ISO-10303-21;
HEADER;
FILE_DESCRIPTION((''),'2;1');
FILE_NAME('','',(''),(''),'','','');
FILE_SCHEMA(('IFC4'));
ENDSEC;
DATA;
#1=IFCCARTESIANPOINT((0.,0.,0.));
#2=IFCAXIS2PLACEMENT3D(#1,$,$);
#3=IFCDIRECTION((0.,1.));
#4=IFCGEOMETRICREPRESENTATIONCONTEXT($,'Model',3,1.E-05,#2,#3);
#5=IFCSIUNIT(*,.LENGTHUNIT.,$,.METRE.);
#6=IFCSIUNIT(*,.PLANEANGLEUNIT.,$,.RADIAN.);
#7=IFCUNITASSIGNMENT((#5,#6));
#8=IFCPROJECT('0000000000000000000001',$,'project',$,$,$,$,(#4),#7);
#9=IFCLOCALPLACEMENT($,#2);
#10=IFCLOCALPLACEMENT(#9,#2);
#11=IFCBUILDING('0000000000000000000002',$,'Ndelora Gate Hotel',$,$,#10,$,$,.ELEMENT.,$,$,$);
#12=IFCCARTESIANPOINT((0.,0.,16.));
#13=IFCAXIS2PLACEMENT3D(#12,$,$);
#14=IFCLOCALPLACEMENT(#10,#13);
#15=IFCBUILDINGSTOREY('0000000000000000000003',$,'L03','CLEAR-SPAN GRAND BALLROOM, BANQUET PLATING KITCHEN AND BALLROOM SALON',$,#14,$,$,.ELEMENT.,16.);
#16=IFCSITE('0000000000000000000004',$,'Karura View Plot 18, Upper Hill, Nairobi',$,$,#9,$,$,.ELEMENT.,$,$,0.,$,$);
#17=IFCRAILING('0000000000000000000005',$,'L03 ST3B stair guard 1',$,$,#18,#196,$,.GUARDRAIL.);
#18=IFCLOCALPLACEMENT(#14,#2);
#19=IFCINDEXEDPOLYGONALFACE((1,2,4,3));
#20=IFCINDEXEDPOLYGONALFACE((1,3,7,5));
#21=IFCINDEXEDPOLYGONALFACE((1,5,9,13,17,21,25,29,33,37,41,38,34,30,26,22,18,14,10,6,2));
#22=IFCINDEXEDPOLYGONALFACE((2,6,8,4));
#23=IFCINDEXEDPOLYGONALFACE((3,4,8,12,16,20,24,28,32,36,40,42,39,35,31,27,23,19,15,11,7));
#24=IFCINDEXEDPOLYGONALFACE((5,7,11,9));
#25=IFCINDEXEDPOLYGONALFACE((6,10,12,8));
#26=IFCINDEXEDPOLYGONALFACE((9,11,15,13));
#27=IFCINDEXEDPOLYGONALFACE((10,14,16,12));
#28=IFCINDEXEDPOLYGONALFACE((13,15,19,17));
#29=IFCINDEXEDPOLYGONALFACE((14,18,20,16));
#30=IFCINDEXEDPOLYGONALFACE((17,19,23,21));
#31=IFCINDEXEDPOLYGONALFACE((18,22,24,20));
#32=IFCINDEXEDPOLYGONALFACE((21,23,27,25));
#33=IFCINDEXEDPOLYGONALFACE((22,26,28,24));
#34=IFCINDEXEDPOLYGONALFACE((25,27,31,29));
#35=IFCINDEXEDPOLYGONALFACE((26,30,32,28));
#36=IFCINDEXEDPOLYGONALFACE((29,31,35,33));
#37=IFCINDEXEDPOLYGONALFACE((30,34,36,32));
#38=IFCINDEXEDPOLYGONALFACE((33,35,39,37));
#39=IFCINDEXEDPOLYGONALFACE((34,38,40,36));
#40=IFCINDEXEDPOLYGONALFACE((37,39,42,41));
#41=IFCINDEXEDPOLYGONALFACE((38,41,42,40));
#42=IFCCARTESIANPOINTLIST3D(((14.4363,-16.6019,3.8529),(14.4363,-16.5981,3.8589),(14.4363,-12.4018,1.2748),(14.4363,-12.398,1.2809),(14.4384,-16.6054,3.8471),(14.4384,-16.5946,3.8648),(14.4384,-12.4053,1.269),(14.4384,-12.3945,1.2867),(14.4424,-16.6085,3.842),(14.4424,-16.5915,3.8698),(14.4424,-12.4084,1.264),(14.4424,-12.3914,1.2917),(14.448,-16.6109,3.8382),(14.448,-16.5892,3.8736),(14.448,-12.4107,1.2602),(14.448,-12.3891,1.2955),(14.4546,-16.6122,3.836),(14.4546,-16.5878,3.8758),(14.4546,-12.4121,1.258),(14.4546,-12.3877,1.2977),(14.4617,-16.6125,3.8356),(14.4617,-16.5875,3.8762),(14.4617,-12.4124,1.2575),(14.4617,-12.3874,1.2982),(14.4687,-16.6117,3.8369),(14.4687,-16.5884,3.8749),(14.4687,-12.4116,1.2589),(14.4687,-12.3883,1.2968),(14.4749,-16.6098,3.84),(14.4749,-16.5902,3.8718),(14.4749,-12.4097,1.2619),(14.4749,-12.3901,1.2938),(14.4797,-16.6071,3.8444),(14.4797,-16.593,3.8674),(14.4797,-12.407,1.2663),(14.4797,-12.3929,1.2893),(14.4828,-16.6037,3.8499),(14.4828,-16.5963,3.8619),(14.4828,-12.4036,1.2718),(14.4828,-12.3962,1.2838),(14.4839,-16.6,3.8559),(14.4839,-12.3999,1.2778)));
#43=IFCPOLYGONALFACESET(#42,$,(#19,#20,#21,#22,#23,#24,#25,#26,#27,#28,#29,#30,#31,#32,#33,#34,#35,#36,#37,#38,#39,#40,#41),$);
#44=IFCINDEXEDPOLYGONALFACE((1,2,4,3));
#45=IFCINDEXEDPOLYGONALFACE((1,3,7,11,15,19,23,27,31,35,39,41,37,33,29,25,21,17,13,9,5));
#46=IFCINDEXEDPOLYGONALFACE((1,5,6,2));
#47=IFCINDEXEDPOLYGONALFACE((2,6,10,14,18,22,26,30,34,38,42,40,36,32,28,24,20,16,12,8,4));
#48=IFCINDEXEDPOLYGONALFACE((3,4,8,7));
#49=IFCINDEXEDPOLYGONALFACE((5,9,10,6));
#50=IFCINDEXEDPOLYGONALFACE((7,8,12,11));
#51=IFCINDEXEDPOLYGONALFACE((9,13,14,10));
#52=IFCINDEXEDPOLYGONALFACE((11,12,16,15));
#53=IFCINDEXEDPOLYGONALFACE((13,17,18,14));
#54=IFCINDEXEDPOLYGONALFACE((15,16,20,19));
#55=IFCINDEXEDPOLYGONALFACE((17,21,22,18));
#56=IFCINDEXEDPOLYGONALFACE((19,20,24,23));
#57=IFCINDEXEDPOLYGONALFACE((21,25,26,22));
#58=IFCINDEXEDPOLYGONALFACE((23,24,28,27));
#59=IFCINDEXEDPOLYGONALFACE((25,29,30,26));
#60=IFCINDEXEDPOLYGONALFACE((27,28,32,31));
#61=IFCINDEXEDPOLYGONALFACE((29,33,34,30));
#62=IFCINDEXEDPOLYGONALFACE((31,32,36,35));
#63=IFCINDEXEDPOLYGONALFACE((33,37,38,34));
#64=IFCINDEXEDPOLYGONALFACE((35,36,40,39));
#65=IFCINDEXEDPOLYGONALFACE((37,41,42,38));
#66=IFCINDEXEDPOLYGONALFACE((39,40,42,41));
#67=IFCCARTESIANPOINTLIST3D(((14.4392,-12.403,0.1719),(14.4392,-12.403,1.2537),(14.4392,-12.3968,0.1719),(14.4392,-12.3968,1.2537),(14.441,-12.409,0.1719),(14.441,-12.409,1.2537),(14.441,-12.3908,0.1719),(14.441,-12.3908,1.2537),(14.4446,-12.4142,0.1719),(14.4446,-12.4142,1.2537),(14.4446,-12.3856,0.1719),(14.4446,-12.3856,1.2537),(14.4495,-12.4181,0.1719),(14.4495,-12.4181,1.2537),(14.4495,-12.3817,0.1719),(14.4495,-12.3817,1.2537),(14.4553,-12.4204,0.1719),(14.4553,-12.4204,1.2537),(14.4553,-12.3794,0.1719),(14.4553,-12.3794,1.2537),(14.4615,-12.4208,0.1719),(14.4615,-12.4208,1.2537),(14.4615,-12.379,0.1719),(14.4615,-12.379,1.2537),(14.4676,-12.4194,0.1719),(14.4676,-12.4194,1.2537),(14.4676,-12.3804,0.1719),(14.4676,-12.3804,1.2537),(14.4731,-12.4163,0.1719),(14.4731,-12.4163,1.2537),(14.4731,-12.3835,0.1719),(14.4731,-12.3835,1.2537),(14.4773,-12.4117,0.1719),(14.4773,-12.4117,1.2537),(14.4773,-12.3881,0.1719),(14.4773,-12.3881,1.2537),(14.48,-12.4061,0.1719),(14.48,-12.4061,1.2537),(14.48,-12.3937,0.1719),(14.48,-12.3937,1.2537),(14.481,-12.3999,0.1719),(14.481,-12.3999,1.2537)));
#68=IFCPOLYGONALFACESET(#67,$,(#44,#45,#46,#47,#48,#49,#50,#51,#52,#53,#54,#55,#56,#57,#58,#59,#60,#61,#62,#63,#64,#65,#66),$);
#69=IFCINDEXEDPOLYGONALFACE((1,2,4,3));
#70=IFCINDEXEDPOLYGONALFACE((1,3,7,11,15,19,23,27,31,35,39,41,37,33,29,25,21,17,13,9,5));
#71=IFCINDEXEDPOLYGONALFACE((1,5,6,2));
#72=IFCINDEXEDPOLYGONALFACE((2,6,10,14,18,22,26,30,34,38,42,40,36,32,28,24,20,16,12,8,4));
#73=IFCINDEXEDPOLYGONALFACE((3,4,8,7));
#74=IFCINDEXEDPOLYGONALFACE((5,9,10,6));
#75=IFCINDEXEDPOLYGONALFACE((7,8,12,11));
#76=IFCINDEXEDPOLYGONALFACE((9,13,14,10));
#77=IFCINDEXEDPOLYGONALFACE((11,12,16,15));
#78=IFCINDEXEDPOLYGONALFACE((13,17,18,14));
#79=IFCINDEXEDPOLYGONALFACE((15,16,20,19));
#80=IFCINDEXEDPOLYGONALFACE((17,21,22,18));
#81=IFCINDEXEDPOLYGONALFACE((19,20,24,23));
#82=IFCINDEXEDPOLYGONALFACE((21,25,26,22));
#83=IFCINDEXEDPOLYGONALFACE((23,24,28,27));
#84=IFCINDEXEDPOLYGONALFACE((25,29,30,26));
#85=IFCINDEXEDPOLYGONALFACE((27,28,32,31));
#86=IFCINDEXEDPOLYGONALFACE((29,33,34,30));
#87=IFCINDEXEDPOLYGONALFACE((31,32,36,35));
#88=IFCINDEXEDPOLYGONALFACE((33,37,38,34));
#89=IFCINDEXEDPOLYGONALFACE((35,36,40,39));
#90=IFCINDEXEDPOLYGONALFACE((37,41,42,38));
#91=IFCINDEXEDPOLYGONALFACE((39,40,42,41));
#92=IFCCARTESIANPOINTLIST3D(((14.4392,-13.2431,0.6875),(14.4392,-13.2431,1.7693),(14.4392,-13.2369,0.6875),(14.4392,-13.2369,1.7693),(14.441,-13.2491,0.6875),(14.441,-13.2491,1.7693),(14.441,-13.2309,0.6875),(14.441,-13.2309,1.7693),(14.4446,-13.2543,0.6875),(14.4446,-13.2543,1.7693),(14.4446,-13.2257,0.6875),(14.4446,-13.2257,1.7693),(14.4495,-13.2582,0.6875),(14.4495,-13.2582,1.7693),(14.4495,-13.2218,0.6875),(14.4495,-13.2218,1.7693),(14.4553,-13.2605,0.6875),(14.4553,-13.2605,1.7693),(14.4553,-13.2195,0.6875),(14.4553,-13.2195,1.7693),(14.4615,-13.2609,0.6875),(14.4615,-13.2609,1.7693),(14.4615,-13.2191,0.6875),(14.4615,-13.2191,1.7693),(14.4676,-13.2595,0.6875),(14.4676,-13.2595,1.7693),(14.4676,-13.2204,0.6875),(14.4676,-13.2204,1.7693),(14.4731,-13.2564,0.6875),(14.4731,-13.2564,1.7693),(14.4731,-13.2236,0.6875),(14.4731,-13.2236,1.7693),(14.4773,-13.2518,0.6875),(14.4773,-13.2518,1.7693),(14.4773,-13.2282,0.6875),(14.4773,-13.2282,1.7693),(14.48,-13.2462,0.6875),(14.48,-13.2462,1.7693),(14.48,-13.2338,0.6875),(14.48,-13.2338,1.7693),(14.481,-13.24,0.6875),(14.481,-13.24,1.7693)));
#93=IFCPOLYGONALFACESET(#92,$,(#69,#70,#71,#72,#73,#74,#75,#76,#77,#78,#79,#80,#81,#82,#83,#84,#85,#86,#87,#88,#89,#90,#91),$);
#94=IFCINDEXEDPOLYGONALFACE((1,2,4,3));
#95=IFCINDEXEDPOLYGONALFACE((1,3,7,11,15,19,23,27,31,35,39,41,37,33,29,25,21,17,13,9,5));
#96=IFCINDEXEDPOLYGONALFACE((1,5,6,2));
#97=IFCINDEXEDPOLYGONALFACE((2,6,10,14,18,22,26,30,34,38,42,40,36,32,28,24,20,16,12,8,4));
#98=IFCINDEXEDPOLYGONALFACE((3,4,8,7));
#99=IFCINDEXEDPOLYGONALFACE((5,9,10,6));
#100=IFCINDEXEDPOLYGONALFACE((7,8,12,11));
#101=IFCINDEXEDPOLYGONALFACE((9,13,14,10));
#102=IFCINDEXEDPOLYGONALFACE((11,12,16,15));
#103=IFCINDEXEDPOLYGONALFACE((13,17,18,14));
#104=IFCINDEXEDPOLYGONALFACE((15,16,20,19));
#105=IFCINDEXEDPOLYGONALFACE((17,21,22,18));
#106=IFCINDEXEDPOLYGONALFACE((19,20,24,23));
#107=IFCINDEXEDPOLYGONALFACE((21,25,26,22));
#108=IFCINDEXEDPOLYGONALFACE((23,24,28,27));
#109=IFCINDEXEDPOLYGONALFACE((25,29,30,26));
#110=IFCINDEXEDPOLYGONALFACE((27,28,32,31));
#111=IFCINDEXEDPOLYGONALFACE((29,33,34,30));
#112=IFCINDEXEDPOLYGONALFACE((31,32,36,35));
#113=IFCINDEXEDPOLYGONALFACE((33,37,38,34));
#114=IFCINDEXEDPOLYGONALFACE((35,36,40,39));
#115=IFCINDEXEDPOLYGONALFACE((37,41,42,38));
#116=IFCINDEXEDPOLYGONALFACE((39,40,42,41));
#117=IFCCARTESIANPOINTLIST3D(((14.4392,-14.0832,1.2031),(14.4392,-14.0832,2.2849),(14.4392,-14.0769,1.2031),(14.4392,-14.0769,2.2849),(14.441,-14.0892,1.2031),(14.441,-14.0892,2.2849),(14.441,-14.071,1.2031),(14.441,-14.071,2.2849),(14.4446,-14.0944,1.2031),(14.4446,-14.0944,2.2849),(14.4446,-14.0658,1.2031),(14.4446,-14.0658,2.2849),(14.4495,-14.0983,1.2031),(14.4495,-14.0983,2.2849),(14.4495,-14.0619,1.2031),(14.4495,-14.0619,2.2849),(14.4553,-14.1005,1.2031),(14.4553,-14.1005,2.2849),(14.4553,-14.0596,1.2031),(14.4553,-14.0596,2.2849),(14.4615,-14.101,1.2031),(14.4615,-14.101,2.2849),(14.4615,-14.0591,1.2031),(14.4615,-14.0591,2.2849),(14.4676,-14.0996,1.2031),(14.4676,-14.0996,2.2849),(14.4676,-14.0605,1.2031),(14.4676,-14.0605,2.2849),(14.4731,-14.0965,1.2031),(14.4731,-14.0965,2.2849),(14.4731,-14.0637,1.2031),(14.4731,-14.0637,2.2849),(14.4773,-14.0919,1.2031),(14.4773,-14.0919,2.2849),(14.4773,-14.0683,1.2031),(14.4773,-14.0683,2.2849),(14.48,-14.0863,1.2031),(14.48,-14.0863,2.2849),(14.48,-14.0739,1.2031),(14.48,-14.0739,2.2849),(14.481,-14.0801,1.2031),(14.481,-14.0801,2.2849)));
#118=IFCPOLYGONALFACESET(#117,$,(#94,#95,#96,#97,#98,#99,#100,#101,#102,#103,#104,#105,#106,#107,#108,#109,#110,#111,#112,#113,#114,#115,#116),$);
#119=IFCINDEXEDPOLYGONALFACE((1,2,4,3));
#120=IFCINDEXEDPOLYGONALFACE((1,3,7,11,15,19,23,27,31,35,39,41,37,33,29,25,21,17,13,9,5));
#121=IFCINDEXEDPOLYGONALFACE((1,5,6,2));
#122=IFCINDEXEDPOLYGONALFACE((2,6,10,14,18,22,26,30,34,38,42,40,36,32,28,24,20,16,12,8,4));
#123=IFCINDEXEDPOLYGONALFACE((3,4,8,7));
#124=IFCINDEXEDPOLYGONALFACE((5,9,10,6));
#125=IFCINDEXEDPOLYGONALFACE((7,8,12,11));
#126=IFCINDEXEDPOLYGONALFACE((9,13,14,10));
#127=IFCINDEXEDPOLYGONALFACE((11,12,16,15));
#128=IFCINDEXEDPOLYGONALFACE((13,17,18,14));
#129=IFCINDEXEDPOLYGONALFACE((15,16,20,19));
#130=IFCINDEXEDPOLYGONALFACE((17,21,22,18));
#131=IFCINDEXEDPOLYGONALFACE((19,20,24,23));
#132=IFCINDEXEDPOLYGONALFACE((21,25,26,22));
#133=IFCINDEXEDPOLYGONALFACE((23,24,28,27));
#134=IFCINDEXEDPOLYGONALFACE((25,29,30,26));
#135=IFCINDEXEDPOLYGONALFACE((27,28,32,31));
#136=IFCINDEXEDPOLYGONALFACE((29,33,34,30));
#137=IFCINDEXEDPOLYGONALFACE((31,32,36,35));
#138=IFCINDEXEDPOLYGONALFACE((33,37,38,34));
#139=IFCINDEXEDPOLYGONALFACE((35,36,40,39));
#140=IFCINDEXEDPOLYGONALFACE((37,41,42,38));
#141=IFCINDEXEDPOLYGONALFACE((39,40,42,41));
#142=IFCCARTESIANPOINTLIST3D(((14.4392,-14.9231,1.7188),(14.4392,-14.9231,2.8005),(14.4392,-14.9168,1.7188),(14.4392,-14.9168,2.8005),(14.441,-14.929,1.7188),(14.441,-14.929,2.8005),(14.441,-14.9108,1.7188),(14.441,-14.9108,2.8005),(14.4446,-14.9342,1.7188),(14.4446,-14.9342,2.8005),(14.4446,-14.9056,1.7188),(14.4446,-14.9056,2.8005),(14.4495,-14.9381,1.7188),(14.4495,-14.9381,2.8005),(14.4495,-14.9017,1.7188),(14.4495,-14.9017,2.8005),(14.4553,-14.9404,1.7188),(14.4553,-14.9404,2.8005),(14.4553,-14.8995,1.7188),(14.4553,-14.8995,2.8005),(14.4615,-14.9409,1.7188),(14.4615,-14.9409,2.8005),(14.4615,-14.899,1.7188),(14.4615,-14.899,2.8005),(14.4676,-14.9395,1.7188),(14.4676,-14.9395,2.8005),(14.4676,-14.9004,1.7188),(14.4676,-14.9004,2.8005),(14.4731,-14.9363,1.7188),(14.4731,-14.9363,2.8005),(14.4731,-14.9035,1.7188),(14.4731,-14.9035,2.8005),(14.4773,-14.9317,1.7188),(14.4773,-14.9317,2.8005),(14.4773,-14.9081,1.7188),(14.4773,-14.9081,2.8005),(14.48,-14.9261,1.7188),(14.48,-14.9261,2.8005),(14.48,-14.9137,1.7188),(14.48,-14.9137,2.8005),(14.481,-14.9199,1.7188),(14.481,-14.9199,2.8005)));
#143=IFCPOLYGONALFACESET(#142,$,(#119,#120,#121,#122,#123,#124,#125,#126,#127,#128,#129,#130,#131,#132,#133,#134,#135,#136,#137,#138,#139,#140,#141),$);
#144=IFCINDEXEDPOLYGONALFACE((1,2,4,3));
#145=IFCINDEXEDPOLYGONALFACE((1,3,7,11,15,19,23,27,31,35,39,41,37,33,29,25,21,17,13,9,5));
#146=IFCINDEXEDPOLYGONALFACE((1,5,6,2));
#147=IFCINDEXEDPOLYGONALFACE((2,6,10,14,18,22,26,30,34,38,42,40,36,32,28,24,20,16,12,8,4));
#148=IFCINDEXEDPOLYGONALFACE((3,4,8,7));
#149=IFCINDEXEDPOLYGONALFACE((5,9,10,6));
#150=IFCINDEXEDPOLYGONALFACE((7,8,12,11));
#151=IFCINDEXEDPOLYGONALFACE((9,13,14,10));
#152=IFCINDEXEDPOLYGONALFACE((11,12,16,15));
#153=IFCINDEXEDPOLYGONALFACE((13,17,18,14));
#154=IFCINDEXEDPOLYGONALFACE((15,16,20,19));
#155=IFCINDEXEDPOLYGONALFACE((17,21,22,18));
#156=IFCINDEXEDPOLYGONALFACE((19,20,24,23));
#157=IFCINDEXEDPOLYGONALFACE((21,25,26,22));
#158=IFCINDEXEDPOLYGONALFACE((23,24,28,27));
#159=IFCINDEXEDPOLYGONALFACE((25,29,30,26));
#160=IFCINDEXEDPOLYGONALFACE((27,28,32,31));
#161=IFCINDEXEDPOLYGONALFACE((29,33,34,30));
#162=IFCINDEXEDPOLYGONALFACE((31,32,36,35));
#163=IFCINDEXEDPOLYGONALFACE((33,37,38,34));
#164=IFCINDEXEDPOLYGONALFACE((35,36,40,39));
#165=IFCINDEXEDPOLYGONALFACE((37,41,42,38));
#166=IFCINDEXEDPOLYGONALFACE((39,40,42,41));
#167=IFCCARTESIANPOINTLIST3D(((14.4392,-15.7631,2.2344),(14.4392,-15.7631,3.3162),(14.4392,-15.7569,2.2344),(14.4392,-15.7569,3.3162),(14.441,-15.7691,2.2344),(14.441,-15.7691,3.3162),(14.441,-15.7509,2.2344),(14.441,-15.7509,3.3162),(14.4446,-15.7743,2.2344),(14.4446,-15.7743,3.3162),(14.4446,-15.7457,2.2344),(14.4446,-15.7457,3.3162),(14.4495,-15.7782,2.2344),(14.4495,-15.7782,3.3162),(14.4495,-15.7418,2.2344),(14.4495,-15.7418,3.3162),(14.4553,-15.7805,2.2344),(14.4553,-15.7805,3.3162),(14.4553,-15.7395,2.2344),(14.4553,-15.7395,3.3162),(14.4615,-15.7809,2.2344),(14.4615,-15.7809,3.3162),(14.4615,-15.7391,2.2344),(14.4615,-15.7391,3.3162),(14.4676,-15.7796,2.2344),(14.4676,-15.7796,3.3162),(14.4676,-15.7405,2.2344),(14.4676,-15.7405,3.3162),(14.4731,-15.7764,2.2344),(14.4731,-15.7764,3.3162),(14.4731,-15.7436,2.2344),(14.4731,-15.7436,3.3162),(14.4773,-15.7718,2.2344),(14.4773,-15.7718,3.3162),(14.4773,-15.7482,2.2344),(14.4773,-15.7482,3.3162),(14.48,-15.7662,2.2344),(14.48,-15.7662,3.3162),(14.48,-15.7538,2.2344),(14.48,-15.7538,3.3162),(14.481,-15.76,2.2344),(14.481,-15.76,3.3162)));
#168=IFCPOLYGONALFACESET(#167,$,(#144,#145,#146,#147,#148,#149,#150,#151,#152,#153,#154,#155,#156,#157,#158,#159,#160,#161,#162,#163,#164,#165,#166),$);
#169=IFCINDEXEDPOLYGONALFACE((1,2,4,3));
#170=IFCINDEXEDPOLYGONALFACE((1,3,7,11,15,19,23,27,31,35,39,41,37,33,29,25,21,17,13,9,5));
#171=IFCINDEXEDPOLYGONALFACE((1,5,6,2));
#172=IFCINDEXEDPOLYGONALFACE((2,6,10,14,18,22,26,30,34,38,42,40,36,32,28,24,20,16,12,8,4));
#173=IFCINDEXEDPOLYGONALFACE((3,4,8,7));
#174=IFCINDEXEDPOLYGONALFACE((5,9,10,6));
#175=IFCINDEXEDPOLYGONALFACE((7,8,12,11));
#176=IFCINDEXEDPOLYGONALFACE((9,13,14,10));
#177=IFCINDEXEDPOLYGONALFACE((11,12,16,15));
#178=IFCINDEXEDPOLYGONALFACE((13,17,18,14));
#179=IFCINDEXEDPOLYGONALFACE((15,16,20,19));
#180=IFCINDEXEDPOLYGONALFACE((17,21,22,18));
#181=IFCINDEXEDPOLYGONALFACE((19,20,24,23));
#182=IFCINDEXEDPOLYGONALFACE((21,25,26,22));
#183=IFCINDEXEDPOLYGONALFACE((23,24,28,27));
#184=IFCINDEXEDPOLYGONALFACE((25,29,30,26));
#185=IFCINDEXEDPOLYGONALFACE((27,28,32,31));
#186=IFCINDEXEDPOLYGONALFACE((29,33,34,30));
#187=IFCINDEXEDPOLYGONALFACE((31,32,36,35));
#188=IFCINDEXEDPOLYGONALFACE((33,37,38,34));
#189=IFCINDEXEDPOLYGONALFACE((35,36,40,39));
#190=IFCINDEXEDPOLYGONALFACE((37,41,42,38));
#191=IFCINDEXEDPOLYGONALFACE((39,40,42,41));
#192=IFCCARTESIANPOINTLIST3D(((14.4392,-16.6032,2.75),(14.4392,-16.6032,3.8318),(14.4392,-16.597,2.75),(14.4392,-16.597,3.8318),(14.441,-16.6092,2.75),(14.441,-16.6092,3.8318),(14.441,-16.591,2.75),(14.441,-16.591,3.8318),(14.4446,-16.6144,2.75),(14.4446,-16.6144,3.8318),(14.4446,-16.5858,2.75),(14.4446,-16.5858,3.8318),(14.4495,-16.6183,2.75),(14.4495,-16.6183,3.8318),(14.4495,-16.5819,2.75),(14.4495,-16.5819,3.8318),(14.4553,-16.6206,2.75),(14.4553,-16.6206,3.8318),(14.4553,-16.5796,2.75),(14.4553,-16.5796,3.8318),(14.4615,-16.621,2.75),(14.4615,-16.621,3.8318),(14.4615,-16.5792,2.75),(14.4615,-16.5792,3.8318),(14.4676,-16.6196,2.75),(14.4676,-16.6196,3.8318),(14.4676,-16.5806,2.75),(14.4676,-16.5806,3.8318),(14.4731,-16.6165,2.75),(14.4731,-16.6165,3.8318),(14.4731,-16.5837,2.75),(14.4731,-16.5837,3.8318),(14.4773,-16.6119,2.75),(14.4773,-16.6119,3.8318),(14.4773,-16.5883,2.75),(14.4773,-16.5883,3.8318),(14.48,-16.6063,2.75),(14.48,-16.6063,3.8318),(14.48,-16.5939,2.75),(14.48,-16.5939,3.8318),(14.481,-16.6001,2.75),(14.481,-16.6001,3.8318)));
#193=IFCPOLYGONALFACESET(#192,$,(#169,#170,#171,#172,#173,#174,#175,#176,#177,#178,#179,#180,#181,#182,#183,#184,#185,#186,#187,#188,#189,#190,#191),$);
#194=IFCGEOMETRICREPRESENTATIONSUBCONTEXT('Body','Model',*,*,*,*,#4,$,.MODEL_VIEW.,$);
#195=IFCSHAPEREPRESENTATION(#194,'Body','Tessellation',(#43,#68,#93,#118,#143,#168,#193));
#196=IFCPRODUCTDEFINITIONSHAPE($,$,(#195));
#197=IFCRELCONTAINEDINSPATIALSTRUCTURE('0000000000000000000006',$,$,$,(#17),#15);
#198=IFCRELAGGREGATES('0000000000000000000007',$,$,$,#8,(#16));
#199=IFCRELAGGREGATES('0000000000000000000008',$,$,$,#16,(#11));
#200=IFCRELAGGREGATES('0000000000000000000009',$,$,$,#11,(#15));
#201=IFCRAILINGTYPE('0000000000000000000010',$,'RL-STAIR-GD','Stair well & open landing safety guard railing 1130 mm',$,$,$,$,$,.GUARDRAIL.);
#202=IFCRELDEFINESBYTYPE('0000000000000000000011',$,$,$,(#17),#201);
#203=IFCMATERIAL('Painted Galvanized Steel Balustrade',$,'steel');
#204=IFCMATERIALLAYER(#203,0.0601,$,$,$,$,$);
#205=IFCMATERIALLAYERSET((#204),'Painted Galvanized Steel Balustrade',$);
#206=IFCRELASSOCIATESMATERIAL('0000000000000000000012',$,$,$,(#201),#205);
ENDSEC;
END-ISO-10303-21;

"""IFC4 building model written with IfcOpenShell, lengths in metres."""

from ifc_helpers import new_model, si_unit, direction, frame, origin, origin_2d, place, context, subcontext, project, spatial, circle, extrude, material, layer, layer_set, type_object, element, save


model = new_model("IFC4")

# Units and contexts
model_context = context("Model", 3, precision=1e-05, world=origin(), true_north=direction((0.0, 1.0)))
body_context = subcontext(model_context, "Body", "Model", "MODEL_VIEW")
ifc_project = project(units=[si_unit("LENGTHUNIT", "METRE"), si_unit("PLANEANGLEUNIT", "RADIAN")], contexts=[model_context])

# Site, building, storey
site_placement = place(None, origin())
site = spatial("IfcSite", under=ifc_project, at=site_placement, Name="Karura View Plot 18, Upper Hill, Nairobi", CompositionType="ELEMENT", RefElevation=0.0)
building_placement = place(site_placement, origin())
building = spatial("IfcBuilding", under=site, at=building_placement, Name="Ndelora Gate Hotel", CompositionType="ELEMENT")
storey_placement = place(building_placement, frame((0.0, 0.0, 16.0)))
storey = spatial("IfcBuildingStorey", under=building, at=storey_placement, Name="L03", Description="CLEAR-SPAN GRAND BALLROOM, BANQUET PLATING KITCHEN AND BALLROOM SALON", CompositionType="ELEMENT", Elevation=16.0)

# Railing
ifc_material_1 = material(Name="Painted Galvanized Steel Balustrade", Category="steel")
ifc_layer_1 = layer(ifc_material_1, 0.0601)
ifc_layer_set_1 = layer_set([ifc_layer_1], Name="Painted Galvanized Steel Balustrade")
railing_type_1 = type_object("IfcRailingType", Name="RL-STAIR-GD", Description="Stair well & open landing safety guard railing 1130 mm", PredefinedType="GUARDRAIL", material=ifc_layer_set_1)
railing_1_placement = place(storey_placement, frame((14.46, -12.3999, 0.1719)))
element("IfcRailing", 1, at=railing_1_placement, inside=storey, type_object=railing_type_1, Name="L03 ST3B stair guard 1", PredefinedType="GUARDRAIL", context=body_context, shape_type="SweptSolid", body=[
    extrude(circle(Radius=0.0239, at=origin_2d()), frame((0.0, 0.0, 1.106), z_axis=(0.0, -0.852256, 0.523124), x_axis=(1.0, 0.0, 0.0)), (0.0, 0.0, 1.0), 4.9282),
    extrude(circle(Radius=0.021, at=origin_2d()), origin(), (0.0, 0.0, 1.0), 1.0818),
    extrude(circle(Radius=0.021, at=origin_2d()), frame((0.0, -0.8401, 0.5156)), (0.0, 0.0, 1.0), 1.0818),
    extrude(circle(Radius=0.021, at=origin_2d()), frame((0.0, -1.6802, 1.0312)), (0.0, 0.0, 1.0), 1.0818),
    extrude(circle(Radius=0.021, at=origin_2d()), frame((0.0, -2.52, 1.5469)), (0.0, 0.0, 1.0), 1.0818),
    extrude(circle(Radius=0.021, at=origin_2d()), frame((0.0, -3.3601, 2.0625)), (0.0, 0.0, 1.0), 1.0818),
    extrude(circle(Radius=0.021, at=origin_2d()), frame((0.0, -4.2002, 2.5781)), (0.0, 0.0, 1.0), 1.0818),
])

save(model, "model.ifc")
